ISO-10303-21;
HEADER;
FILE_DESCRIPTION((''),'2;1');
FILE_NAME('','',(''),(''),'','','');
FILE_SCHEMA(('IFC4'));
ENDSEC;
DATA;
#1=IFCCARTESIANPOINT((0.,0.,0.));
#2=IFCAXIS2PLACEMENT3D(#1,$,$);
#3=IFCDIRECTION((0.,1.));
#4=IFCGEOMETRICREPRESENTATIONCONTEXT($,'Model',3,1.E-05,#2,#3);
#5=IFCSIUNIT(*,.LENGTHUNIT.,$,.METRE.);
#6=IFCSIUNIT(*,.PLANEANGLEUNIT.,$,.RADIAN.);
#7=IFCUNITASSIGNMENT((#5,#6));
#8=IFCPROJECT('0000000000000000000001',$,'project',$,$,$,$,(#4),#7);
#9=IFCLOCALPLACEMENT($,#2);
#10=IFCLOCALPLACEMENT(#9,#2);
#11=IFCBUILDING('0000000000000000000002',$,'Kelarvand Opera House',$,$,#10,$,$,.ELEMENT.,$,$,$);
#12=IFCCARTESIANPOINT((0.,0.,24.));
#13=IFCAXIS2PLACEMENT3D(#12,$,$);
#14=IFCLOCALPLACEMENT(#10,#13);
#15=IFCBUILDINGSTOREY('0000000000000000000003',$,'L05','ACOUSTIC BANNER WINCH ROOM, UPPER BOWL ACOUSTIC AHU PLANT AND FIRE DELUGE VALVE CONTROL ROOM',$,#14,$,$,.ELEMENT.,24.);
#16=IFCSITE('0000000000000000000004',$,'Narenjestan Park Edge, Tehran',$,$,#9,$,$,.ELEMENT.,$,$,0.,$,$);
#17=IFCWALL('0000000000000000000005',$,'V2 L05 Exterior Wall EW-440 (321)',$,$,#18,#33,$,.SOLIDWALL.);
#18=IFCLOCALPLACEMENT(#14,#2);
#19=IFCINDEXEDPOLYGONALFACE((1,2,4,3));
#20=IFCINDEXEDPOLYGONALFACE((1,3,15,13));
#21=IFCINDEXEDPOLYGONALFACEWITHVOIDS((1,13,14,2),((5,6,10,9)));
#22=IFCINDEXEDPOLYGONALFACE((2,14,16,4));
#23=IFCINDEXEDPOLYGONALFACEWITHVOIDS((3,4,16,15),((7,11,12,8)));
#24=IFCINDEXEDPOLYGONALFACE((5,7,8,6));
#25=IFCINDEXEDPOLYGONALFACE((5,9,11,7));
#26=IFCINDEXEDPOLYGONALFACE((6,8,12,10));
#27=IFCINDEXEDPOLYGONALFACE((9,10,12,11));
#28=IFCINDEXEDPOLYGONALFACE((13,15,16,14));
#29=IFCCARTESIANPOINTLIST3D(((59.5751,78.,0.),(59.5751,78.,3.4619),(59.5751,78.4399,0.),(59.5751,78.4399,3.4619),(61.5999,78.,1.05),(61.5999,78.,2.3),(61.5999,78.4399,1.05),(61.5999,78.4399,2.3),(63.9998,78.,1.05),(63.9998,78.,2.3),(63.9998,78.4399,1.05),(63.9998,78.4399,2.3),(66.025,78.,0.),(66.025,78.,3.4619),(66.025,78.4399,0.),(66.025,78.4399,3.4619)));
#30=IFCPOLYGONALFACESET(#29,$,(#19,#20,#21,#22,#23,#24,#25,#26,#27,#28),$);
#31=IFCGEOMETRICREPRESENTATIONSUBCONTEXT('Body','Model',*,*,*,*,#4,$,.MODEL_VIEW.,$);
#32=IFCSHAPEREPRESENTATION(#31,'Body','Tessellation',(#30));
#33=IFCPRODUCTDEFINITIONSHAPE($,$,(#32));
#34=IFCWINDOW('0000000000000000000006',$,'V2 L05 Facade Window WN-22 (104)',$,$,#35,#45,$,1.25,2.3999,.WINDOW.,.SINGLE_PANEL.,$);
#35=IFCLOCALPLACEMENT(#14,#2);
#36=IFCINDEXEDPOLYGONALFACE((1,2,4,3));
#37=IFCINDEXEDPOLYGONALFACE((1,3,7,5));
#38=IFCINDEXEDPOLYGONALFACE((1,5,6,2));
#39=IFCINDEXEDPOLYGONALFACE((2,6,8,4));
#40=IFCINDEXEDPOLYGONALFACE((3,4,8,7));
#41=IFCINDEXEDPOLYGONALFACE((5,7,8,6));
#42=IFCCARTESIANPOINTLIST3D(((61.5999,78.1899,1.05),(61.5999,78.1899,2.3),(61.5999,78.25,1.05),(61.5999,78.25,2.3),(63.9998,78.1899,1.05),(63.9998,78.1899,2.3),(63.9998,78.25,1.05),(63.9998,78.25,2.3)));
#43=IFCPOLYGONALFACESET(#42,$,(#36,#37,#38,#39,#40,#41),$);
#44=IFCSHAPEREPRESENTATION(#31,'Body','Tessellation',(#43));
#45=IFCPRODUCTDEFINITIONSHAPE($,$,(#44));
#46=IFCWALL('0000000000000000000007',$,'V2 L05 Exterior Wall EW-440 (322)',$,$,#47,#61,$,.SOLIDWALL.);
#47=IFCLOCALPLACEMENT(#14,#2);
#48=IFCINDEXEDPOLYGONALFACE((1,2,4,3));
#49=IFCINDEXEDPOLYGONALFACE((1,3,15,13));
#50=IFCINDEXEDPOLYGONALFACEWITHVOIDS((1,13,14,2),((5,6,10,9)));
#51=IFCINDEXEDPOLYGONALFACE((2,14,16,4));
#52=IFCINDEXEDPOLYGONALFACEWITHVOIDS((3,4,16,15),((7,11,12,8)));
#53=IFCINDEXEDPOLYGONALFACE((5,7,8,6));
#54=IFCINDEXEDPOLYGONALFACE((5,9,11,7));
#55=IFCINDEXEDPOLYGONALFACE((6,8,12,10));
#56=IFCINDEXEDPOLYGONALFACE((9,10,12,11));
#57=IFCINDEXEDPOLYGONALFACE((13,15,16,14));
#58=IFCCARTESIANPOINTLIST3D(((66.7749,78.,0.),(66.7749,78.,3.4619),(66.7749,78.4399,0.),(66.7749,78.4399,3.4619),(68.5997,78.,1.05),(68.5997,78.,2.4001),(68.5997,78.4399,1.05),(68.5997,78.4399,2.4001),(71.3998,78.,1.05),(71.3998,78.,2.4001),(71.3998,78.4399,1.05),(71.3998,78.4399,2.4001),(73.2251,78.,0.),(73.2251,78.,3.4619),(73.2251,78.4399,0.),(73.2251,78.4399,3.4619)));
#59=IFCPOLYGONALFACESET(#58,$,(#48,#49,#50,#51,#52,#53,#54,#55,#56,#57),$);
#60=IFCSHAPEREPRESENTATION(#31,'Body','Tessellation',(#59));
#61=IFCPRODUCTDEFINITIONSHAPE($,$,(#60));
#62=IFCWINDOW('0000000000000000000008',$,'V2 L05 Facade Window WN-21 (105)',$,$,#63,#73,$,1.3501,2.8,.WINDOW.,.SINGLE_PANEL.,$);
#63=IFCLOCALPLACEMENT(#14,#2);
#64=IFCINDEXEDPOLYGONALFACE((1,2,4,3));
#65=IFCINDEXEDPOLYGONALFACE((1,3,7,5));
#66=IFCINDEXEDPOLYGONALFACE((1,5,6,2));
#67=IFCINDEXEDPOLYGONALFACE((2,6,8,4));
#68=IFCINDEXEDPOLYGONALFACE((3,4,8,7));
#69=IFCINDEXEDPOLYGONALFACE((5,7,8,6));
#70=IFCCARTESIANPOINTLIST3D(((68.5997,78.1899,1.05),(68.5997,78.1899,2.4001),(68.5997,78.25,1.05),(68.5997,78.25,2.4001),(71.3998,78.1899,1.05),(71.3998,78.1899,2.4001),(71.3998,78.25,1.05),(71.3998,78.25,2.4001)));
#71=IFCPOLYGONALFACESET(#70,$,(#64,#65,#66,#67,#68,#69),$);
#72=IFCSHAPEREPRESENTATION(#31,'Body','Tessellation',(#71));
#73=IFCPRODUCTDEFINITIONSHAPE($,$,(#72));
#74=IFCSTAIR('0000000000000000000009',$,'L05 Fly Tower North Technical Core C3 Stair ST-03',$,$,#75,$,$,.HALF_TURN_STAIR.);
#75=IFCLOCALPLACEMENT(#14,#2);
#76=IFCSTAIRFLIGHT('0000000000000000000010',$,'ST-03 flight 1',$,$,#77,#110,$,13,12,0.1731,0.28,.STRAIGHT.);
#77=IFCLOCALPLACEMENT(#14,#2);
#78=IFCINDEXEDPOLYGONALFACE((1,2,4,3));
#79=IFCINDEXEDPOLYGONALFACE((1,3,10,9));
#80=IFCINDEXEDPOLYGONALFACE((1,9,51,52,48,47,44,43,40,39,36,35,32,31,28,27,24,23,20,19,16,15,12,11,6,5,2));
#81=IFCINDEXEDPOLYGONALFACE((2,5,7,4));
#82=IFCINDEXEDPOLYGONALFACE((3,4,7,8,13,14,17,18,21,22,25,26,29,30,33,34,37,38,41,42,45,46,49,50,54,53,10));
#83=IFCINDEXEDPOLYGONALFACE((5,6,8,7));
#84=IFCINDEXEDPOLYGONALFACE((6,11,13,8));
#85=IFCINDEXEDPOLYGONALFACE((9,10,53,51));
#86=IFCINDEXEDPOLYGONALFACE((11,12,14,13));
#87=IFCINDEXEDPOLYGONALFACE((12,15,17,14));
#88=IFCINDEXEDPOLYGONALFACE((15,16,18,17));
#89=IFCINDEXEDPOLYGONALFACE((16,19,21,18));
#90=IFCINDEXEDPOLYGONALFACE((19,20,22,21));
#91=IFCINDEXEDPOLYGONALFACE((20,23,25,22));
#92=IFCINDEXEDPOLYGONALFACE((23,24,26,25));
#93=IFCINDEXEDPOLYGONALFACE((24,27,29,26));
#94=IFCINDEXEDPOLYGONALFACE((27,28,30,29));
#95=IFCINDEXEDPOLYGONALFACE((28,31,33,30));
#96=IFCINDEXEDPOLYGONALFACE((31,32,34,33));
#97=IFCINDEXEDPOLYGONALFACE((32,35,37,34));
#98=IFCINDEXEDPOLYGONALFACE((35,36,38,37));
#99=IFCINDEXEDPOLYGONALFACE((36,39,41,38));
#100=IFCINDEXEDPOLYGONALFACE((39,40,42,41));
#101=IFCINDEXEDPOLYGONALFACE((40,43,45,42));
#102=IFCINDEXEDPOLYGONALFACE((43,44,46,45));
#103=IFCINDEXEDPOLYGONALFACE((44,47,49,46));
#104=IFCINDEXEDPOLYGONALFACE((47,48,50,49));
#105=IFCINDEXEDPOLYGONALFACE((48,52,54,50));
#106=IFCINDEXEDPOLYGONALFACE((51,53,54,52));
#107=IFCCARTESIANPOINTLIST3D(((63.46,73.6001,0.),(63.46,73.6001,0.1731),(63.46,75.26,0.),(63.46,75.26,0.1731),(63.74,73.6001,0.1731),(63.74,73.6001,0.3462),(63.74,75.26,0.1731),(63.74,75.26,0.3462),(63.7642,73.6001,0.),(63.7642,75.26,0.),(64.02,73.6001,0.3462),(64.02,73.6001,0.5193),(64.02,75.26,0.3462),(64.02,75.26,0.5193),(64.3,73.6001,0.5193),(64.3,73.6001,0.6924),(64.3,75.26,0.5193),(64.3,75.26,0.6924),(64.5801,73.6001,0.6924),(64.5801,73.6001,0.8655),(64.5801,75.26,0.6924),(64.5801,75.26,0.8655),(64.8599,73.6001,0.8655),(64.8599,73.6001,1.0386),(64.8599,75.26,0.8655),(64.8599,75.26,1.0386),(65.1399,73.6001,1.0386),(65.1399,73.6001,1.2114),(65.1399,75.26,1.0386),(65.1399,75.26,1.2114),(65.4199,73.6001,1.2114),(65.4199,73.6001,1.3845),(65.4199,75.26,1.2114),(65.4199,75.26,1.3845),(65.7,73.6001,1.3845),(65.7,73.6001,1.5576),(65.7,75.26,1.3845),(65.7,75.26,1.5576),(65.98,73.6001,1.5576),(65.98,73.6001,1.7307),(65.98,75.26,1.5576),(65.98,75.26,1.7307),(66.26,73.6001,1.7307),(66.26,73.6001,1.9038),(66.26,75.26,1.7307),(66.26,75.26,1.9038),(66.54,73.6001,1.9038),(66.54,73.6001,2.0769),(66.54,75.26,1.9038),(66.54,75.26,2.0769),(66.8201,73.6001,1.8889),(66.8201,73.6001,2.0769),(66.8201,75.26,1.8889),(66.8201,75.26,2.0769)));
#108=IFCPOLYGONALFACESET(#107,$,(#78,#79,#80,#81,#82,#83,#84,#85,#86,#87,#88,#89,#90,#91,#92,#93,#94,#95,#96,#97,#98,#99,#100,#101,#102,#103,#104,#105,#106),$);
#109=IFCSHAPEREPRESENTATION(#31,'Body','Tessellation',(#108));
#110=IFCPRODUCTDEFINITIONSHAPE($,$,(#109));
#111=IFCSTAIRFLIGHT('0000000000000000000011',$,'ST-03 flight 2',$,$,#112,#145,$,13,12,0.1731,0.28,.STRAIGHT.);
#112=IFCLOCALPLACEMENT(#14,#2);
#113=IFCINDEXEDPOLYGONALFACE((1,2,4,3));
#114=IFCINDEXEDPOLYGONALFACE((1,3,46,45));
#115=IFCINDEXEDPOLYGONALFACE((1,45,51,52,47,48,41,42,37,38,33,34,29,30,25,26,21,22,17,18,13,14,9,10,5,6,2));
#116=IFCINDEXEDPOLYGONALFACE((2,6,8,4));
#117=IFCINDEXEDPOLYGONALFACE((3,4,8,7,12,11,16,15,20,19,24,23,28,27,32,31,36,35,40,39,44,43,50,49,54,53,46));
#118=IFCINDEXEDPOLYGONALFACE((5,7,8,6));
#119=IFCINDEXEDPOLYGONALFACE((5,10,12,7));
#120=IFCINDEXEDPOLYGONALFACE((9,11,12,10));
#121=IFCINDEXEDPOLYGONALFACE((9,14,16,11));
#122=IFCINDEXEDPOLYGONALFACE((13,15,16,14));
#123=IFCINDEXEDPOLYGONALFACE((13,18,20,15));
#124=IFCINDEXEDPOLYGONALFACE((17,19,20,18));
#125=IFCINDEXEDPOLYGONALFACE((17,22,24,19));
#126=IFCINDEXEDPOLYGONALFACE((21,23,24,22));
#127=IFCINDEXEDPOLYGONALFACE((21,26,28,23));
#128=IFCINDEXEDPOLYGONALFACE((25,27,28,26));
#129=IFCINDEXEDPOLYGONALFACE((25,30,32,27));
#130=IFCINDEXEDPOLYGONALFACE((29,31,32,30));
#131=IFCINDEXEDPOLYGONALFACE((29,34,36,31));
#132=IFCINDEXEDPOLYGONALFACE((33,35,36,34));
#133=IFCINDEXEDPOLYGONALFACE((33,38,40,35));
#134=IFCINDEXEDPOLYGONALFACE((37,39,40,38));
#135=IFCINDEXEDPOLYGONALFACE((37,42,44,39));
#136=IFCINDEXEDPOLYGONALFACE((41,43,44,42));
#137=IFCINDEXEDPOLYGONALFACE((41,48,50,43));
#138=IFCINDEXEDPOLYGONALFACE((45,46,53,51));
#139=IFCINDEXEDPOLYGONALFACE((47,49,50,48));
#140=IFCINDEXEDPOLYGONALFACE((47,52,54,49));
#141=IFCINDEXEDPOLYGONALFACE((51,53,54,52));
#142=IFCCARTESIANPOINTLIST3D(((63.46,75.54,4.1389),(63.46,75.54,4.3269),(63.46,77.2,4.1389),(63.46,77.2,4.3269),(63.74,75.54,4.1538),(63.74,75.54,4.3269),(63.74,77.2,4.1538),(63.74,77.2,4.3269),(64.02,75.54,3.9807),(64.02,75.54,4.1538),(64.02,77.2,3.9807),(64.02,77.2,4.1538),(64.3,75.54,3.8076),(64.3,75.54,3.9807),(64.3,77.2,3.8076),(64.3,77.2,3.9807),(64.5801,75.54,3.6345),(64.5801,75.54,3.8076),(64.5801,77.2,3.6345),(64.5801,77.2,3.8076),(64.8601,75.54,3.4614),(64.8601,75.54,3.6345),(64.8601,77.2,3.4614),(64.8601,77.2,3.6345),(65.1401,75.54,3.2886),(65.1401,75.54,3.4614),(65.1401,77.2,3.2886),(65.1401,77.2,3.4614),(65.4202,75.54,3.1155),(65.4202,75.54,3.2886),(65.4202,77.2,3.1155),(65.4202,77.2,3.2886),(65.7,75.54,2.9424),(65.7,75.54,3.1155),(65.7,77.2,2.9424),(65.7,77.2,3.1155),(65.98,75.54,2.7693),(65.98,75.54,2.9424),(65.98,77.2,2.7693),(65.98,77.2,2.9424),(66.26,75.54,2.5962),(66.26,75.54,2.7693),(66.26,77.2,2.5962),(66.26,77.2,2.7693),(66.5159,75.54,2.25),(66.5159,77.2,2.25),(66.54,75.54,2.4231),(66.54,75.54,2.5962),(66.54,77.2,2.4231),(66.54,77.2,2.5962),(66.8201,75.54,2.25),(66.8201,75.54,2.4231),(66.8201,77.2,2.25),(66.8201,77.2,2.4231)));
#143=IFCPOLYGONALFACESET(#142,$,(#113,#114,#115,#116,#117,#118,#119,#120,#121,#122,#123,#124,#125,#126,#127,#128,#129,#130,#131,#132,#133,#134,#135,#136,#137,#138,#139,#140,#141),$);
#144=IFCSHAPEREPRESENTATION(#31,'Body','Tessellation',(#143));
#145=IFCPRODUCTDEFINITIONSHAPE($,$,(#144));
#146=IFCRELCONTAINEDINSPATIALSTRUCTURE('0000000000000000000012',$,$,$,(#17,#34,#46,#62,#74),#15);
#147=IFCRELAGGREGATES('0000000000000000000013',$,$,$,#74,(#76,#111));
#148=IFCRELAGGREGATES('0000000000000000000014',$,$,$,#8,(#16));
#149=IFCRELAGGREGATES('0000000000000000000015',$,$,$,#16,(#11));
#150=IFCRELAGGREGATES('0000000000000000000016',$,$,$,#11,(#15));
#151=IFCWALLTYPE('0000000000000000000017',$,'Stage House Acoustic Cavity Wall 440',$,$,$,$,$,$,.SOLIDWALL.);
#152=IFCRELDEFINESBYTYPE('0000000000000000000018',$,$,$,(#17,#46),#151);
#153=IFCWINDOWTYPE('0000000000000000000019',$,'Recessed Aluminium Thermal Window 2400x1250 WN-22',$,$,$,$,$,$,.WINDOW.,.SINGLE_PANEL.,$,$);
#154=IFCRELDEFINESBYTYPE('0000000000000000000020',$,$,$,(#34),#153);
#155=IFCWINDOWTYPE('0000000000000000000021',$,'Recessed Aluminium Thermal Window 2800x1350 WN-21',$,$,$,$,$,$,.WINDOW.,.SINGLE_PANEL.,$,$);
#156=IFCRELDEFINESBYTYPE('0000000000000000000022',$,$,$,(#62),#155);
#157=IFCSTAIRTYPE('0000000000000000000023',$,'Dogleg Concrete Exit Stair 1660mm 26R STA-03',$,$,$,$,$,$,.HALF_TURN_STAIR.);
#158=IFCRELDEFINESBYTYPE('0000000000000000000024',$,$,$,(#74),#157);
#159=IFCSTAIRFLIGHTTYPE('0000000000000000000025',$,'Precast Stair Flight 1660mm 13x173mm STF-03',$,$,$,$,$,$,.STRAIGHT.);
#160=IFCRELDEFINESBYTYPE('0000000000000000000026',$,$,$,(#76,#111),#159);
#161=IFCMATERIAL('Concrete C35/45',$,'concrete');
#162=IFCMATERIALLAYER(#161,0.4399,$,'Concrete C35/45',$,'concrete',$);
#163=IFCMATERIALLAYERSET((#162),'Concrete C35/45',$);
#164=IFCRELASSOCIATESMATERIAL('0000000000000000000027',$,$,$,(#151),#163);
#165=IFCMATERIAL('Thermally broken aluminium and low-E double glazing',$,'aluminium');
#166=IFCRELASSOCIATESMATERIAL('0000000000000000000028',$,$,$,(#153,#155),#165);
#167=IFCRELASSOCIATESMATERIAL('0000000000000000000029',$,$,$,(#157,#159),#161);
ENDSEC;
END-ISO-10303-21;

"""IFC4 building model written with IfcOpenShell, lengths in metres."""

from ifc_helpers import new_model, si_unit, direction, frame, frame_2d, origin, place, context, subcontext, project, spatial, polyline, rectangle, outline, extrude, material, layer, layer_set, type_object, element, fill, aggregate, save


model = new_model("IFC4")

# Units and contexts
model_context = context("Model", 3, precision=1e-05, world=origin(), true_north=direction((0.0, 1.0)))
body_context = subcontext(model_context, "Body", "Model", "MODEL_VIEW")
ifc_project = project(units=[si_unit("LENGTHUNIT", "METRE"), si_unit("PLANEANGLEUNIT", "RADIAN")], contexts=[model_context])

# Site, building, storey
site_placement = place(None, origin())
site = spatial("IfcSite", under=ifc_project, at=site_placement, Name="Narenjestan Park Edge, Tehran", CompositionType="ELEMENT", RefElevation=0.0)
building_placement = place(site_placement, origin())
building = spatial("IfcBuilding", under=site, at=building_placement, Name="Kelarvand Opera House", CompositionType="ELEMENT")
storey_placement = place(building_placement, frame((0.0, 0.0, 24.0)))
storey = spatial("IfcBuildingStorey", under=building, at=storey_placement, Name="L05", Description="ACOUSTIC BANNER WINCH ROOM, UPPER BOWL ACOUSTIC AHU PLANT AND FIRE DELUGE VALVE CONTROL ROOM", CompositionType="ELEMENT", Elevation=24.0)

# Shared definitions
ifc_material_1 = material(Name="Concrete C35/45", Category="concrete")

# Walls, openings, windows
ifc_layer_1 = layer(ifc_material_1, 0.4399, Name="Concrete C35/45", Category="concrete")
ifc_layer_set_1 = layer_set([ifc_layer_1], Name="Concrete C35/45")
wall_type_1 = type_object("IfcWallType", Name="Stage House Acoustic Cavity Wall 440", PredefinedType="SOLIDWALL", material=ifc_layer_set_1)
wall_1_placement = place(storey_placement, frame((59.575, 78.22, 0.0), z_axis=(0.0, 0.0, 1.0), x_axis=(1.0, 0.0, 0.0)))
wall_1 = element("IfcWall", 1, at=wall_1_placement, inside=storey, type_object=wall_type_1, Name="V2 L05 Exterior Wall EW-440 (321)", PredefinedType="SOLIDWALL", context=body_context, shape_type="SweptSolid", body=[
    extrude(rectangle(XDim=6.45, YDim=0.4399, at=frame_2d((3.2251, 0.0))), origin(), (0.0, 0.0, 1.0), 3.4619),
])
opening_1_placement = place(wall_1_placement, frame((2.0249, 0.0, 1.05)))
opening_1 = element("IfcOpeningElement", 2, at=opening_1_placement, cuts=wall_1, PredefinedType="OPENING", context=body_context, shape_type="SweptSolid", body=[
    extrude(rectangle(XDim=2.3999, YDim=1.25, at=frame_2d((1.2, 0.625))), frame((0.0, 0.23, 0.0), z_axis=(0.0, -1.0, 0.0), x_axis=(1.0, 0.0, 0.0)), (0.0, 0.0, 1.0), 0.46),
])
ifc_material_2 = material(Name="Thermally broken aluminium and low-E double glazing", Category="aluminium")
window_type_1 = type_object("IfcWindowType", Name="Recessed Aluminium Thermal Window 2400x1250 WN-22", PartitioningType="SINGLE_PANEL", PredefinedType="WINDOW", material=ifc_material_2)
window_1_placement = place(opening_1_placement, origin())
window_1 = element("IfcWindow", 3, at=window_1_placement, inside=storey, type_object=window_type_1, Name="V2 L05 Facade Window WN-22 (104)", OverallHeight=1.25, OverallWidth=2.3999, PartitioningType="SINGLE_PANEL", PredefinedType="WINDOW", context=body_context, shape_type="SweptSolid", body=[
    extrude(rectangle(XDim=2.3999, YDim=1.25, at=frame_2d((1.2, 0.625))), frame((0.0, 0.03, 0.0), z_axis=(0.0, -1.0, 0.0), x_axis=(1.0, 0.0, 0.0)), (0.0, 0.0, 1.0), 0.0601),
])
fill(opening_1, window_1)
wall_2_placement = place(storey_placement, frame((66.7749, 78.22, 0.0), z_axis=(0.0, 0.0, 1.0), x_axis=(1.0, 0.0, 0.0)))
wall_2 = element("IfcWall", 4, at=wall_2_placement, inside=storey, type_object=wall_type_1, Name="V2 L05 Exterior Wall EW-440 (322)", PredefinedType="SOLIDWALL", context=body_context, shape_type="SweptSolid", body=[
    extrude(rectangle(XDim=6.4502, YDim=0.4399, at=frame_2d((3.2251, 0.0))), origin(), (0.0, 0.0, 1.0), 3.4619),
])
opening_2_placement = place(wall_2_placement, frame((1.825, 0.0, 1.05)))
opening_2 = element("IfcOpeningElement", 5, at=opening_2_placement, cuts=wall_2, PredefinedType="OPENING", context=body_context, shape_type="SweptSolid", body=[
    extrude(rectangle(XDim=2.8, YDim=1.3501, at=frame_2d((1.3999, 0.675))), frame((0.0, 0.23, 0.0), z_axis=(0.0, -1.0, 0.0), x_axis=(1.0, 0.0, 0.0)), (0.0, 0.0, 1.0), 0.46),
])
window_type_2 = type_object("IfcWindowType", Name="Recessed Aluminium Thermal Window 2800x1350 WN-21", PartitioningType="SINGLE_PANEL", PredefinedType="WINDOW", material=ifc_material_2)
window_2_placement = place(opening_2_placement, origin())
window_2 = element("IfcWindow", 6, at=window_2_placement, inside=storey, type_object=window_type_2, Name="V2 L05 Facade Window WN-21 (105)", OverallHeight=1.3501, OverallWidth=2.8, PartitioningType="SINGLE_PANEL", PredefinedType="WINDOW", context=body_context, shape_type="SweptSolid", body=[
    extrude(rectangle(XDim=2.8, YDim=1.3501, at=frame_2d((1.3999, 0.675))), frame((0.0, 0.03, 0.0), z_axis=(0.0, -1.0, 0.0), x_axis=(1.0, 0.0, 0.0)), (0.0, 0.0, 1.0), 0.0601),
])
fill(opening_2, window_2)

# Stair, stair flights
stair_type = type_object("IfcStairType", Name="Dogleg Concrete Exit Stair 1660mm 26R STA-03", PredefinedType="HALF_TURN_STAIR", material=ifc_material_1)
stair_placement = place(storey_placement, origin())
stair = element("IfcStair", 7, at=stair_placement, inside=storey, type_object=stair_type, Name="L05 Fly Tower North Technical Core C3 Stair ST-03", PredefinedType="HALF_TURN_STAIR")
stair_flight_type = type_object("IfcStairFlightType", Name="Precast Stair Flight 1660mm 13x173mm STF-03", PredefinedType="STRAIGHT", material=ifc_material_1)
stair_flight_1_placement = place(storey_placement, frame((63.46, 74.4299, 0.0), z_axis=(0.0, 0.0, 1.0), x_axis=(1.0, 0.0, 0.0)))
stair_flight_1 = element("IfcStairFlight", 8, at=stair_flight_1_placement, type_object=stair_flight_type, Name="ST-03 flight 1", NumberOfRisers=13, NumberOfTreads=12, PredefinedType="STRAIGHT", RiserHeight=0.1731, TreadLength=0.28, context=body_context, shape_type="SweptSolid", body=[
    extrude(outline(polyline([(0.0, 0.0), (0.0, 0.1731), (0.28, 0.1731), (0.28, 0.3462), (0.5601, 0.3462), (0.5601, 0.5193), (0.8401, 0.5193), (0.8401, 0.6924), (1.1201, 0.6924), (1.1201, 0.8655), (1.3999, 0.8655), (1.3999, 1.0386), (1.6799, 1.0386), (1.6799, 1.2114), (1.96, 1.2114), (1.96, 1.3845), (2.24, 1.3845), (2.24, 1.5576), (2.52, 1.5576), (2.52, 1.7307), (2.8, 1.7307), (2.8, 1.9038), (3.0801, 1.9038), (3.0801, 2.0769), (3.3601, 2.0769), (3.3601, 2.25), (3.3601, 1.8889), (0.3042, 0.0), (0.0, 0.0)])), frame((0.0, 0.8301, 0.0), z_axis=(0.0, -1.0, 0.0), x_axis=(1.0, 0.0, 0.0)), (0.0, 0.0, 1.0), 1.6599),
])
stair_flight_2_placement = place(storey_placement, frame((66.8201, 76.3701, 2.25), z_axis=(0.0, 0.0, 1.0), x_axis=(-1.0, 0.0, 0.0)))
stair_flight_2 = element("IfcStairFlight", 9, at=stair_flight_2_placement, type_object=stair_flight_type, Name="ST-03 flight 2", NumberOfRisers=13, NumberOfTreads=12, PredefinedType="STRAIGHT", RiserHeight=0.1731, TreadLength=0.28, context=body_context, shape_type="SweptSolid", body=[
    extrude(outline(polyline([(0.0, 0.0), (0.0, 0.1731), (0.28, 0.1731), (0.28, 0.3462), (0.5601, 0.3462), (0.5601, 0.5193), (0.8401, 0.5193), (0.8401, 0.6924), (1.1201, 0.6924), (1.1201, 0.8655), (1.3999, 0.8655), (1.3999, 1.0386), (1.6799, 1.0386), (1.6799, 1.2114), (1.96, 1.2114), (1.96, 1.3845), (2.24, 1.3845), (2.24, 1.5576), (2.52, 1.5576), (2.52, 1.7307), (2.8, 1.7307), (2.8, 1.9038), (3.0801, 1.9038), (3.0801, 2.0769), (3.3601, 2.0769), (3.3601, 2.25), (3.3601, 1.8889), (0.3042, 0.0), (0.0, 0.0)])), frame((0.0, 0.8301, 0.0), z_axis=(0.0, -1.0, 0.0), x_axis=(1.0, 0.0, 0.0)), (0.0, 0.0, 1.0), 1.6599),
])
aggregate(stair, [stair_flight_1, stair_flight_2])

save(model, "model.ifc")
